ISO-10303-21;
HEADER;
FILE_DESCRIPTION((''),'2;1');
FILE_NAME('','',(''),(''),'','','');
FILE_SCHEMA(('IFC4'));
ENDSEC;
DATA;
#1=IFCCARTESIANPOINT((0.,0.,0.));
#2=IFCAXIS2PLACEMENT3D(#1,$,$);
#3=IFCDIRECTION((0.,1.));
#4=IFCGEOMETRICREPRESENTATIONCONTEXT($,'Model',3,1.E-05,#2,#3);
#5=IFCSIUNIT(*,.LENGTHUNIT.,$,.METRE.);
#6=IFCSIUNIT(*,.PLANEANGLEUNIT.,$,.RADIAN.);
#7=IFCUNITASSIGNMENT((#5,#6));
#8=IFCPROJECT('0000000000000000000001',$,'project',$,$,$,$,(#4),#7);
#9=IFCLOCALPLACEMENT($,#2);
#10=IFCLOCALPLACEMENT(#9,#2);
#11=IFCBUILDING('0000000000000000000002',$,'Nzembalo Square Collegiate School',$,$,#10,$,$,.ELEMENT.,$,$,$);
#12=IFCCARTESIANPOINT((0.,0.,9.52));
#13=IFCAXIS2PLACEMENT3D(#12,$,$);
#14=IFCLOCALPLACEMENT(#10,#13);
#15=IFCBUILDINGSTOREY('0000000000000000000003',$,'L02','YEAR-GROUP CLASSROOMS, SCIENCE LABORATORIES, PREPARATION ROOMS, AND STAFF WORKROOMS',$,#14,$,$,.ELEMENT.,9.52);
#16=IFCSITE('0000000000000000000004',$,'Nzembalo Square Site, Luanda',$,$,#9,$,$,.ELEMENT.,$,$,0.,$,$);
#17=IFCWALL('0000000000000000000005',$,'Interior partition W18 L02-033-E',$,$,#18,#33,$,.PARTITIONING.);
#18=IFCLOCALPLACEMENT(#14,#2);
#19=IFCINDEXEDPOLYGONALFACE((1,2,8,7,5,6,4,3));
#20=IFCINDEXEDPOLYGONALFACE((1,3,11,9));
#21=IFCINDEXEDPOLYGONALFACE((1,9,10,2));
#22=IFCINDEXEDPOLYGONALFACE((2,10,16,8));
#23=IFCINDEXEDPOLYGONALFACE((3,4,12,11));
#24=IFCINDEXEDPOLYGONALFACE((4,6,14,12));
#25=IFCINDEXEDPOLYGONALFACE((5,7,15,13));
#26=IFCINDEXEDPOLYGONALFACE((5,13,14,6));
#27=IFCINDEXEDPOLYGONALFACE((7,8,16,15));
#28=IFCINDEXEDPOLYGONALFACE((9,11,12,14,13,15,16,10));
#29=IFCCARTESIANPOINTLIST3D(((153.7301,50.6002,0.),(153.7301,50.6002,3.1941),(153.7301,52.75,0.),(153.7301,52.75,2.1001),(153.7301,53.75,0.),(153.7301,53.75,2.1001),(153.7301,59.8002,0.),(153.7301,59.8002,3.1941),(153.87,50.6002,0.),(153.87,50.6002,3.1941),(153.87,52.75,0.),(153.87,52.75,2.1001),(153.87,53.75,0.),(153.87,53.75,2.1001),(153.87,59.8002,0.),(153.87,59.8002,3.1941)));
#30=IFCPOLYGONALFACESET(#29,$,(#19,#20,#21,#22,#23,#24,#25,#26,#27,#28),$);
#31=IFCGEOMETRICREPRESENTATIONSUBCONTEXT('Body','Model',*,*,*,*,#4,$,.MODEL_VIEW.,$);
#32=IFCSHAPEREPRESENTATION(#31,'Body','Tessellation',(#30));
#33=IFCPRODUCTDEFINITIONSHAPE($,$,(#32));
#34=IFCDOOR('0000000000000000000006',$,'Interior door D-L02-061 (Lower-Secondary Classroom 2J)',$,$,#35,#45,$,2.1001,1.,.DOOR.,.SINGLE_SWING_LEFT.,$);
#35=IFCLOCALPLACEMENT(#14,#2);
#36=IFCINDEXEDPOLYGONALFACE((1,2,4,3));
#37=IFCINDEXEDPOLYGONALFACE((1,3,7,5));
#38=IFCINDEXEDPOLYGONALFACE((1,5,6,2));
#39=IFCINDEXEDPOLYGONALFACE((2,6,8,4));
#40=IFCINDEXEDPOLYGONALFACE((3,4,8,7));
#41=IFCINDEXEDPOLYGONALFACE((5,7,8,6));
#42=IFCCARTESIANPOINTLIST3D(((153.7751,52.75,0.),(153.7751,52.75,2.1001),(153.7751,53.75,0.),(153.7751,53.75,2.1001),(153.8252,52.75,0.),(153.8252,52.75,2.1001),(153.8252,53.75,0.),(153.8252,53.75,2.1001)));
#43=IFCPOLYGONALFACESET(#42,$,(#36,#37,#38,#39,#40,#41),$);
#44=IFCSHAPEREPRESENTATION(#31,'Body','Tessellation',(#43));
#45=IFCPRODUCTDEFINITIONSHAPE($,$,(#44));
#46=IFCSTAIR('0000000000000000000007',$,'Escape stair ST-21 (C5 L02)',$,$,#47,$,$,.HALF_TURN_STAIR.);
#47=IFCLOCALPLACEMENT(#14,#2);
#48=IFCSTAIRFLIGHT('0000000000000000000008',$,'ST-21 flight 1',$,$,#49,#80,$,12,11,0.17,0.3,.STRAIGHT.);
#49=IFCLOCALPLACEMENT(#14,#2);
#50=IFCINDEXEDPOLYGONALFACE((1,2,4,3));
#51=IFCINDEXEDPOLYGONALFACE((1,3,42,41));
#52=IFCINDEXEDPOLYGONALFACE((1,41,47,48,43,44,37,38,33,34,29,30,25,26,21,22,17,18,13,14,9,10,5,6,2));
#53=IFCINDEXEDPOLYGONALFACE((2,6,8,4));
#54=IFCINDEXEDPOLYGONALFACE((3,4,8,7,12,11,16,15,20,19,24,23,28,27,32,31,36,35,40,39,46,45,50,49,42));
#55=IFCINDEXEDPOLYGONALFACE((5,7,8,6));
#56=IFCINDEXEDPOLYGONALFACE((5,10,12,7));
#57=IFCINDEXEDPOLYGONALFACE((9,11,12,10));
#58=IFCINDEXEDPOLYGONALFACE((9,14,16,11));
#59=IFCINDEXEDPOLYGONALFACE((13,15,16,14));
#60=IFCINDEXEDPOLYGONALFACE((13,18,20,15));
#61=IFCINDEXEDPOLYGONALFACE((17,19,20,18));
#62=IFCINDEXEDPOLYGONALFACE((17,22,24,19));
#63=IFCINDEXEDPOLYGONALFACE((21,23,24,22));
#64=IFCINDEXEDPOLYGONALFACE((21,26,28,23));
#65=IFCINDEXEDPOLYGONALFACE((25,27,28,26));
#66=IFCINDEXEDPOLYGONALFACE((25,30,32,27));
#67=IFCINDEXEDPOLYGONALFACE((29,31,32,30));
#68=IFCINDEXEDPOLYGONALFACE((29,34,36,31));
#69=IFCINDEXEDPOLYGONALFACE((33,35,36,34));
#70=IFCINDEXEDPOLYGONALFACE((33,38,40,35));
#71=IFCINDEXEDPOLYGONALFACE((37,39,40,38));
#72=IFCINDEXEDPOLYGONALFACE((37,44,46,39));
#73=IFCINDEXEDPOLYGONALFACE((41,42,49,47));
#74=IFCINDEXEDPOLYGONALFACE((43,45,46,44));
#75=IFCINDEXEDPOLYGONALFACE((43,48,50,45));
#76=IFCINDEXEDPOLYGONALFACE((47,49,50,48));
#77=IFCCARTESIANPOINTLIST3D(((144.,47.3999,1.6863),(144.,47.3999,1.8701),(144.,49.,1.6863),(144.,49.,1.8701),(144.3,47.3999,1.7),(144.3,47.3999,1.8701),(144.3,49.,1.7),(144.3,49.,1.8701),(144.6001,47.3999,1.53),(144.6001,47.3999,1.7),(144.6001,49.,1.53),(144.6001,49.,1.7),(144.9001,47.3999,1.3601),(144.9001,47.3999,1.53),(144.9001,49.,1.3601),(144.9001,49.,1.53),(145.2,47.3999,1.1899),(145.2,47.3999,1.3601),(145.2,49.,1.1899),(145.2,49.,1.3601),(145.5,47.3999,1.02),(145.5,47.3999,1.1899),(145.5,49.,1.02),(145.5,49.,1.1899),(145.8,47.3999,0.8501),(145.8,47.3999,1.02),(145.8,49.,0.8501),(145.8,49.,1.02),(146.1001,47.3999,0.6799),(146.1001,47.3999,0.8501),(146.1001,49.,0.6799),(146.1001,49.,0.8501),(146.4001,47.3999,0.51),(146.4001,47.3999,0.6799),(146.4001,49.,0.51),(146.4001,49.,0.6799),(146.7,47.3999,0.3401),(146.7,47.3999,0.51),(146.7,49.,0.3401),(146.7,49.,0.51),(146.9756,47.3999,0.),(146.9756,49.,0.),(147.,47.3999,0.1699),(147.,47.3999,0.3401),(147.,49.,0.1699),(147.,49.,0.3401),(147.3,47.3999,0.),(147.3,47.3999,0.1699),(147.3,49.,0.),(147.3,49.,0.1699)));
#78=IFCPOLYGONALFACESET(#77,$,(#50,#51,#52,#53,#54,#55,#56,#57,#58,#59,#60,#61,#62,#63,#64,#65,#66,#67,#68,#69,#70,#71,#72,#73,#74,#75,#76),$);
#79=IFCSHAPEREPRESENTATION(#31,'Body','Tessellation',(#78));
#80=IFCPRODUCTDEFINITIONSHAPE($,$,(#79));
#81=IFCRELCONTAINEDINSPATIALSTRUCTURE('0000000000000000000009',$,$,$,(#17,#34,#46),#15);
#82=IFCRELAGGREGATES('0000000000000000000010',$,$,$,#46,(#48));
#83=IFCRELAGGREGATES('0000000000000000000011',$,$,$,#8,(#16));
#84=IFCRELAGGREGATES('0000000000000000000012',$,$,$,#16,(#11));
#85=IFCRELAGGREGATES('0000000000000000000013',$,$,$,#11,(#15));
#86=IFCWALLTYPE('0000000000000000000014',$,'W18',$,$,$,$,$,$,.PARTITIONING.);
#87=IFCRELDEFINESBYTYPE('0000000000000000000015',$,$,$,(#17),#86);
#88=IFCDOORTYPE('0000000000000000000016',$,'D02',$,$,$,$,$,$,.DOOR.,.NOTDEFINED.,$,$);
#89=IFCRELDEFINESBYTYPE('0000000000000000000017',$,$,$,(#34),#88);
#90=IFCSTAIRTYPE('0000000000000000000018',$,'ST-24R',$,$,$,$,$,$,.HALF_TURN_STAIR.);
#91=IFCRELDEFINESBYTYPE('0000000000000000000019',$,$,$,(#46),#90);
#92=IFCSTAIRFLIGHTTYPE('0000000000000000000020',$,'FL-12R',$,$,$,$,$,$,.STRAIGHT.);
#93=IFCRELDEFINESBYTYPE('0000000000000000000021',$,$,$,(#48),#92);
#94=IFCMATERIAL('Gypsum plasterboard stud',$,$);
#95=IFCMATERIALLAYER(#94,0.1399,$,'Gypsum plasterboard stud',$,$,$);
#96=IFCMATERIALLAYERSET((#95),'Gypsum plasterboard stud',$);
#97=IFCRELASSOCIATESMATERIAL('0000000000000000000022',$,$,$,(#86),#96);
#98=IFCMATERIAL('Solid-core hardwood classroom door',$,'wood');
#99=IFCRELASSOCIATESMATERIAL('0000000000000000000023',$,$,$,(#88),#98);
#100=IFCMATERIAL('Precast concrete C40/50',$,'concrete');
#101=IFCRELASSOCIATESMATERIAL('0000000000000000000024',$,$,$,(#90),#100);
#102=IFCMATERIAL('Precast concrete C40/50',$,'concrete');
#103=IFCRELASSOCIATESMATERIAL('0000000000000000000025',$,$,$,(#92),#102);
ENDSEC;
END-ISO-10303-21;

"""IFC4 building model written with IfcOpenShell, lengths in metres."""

from ifc_helpers import new_model, si_unit, direction, frame, frame_2d, origin, place, context, subcontext, project, spatial, polyline, rectangle, outline, extrude, material, layer, layer_set, type_object, element, fill, aggregate, save


model = new_model("IFC4")

# Units and contexts
model_context = context("Model", 3, precision=1e-05, world=origin(), true_north=direction((0.0, 1.0)))
body_context = subcontext(model_context, "Body", "Model", "MODEL_VIEW")
ifc_project = project(units=[si_unit("LENGTHUNIT", "METRE"), si_unit("PLANEANGLEUNIT", "RADIAN")], contexts=[model_context])

# Site, building, storey
site_placement = place(None, origin())
site = spatial("IfcSite", under=ifc_project, at=site_placement, Name="Nzembalo Square Site, Luanda", CompositionType="ELEMENT", RefElevation=0.0)
building_placement = place(site_placement, origin())
building = spatial("IfcBuilding", under=site, at=building_placement, Name="Nzembalo Square Collegiate School", CompositionType="ELEMENT")
storey_placement = place(building_placement, frame((0.0, 0.0, 9.52)))
storey = spatial("IfcBuildingStorey", under=building, at=storey_placement, Name="L02", Description="YEAR-GROUP CLASSROOMS, SCIENCE LABORATORIES, PREPARATION ROOMS, AND STAFF WORKROOMS", CompositionType="ELEMENT", Elevation=9.52)

# Wall, opening, door
ifc_material_1 = material(Name="Gypsum plasterboard stud")
ifc_layer_1 = layer(ifc_material_1, 0.1399, Name="Gypsum plasterboard stud")
ifc_layer_set_1 = layer_set([ifc_layer_1], Name="Gypsum plasterboard stud")
wall_type_1 = type_object("IfcWallType", Name="W18", PredefinedType="PARTITIONING", material=ifc_layer_set_1)
wall_1_placement = place(storey_placement, frame((153.8, 50.6001, 0.0), z_axis=(0.0, 0.0, 1.0), x_axis=(0.0, 1.0, 0.0)))
wall_1 = element("IfcWall", 1, at=wall_1_placement, inside=storey, type_object=wall_type_1, Name="Interior partition W18 L02-033-E", PredefinedType="PARTITIONING", context=body_context, shape_type="SweptSolid", body=[
    extrude(rectangle(XDim=9.2, YDim=0.1399, at=frame_2d((4.6001, 0.0))), origin(), (0.0, 0.0, 1.0), 3.1941),
])
opening_1_placement = place(wall_1_placement, frame((2.1499, 0.0, 0.0)))
opening_1 = element("IfcOpeningElement", 2, at=opening_1_placement, cuts=wall_1, PredefinedType="OPENING", context=body_context, shape_type="SweptSolid", body=[
    extrude(rectangle(XDim=1.0, YDim=2.1001, at=frame_2d((0.5, 1.05))), frame((0.0, 0.0801, 0.0), z_axis=(0.0, -1.0, 0.0), x_axis=(1.0, 0.0, 0.0)), (0.0, 0.0, 1.0), 0.1599),
])
ifc_material_2 = material(Name="Solid-core hardwood classroom door", Category="wood")
door_type_1 = type_object("IfcDoorType", Name="D02", OperationType="NOTDEFINED", PredefinedType="DOOR", material=ifc_material_2)
door_1_placement = place(opening_1_placement, origin())
door_1 = element("IfcDoor", 3, at=door_1_placement, inside=storey, type_object=door_type_1, Name="Interior door D-L02-061 (Lower-Secondary Classroom 2J)", OperationType="SINGLE_SWING_LEFT", OverallHeight=2.1001, OverallWidth=1.0, PredefinedType="DOOR", context=body_context, shape_type="SweptSolid", body=[
    extrude(rectangle(XDim=1.0, YDim=2.1001, at=frame_2d((0.5, 1.05))), frame((0.0, 0.0249, 0.0), z_axis=(0.0, -1.0, 0.0), x_axis=(1.0, 0.0, 0.0)), (0.0, 0.0, 1.0), 0.05),
])
fill(opening_1, door_1)

# Stair, stair flight
ifc_material_3 = material(Name="Precast concrete C40/50", Category="concrete")
stair_type = type_object("IfcStairType", Name="ST-24R", PredefinedType="HALF_TURN_STAIR", material=ifc_material_3)
stair_placement = place(storey_placement, origin())
stair = element("IfcStair", 4, at=stair_placement, inside=storey, type_object=stair_type, Name="Escape stair ST-21 (C5 L02)", PredefinedType="HALF_TURN_STAIR")
ifc_material_4 = material(Name="Precast concrete C40/50", Category="concrete")
stair_flight_type = type_object("IfcStairFlightType", Name="FL-12R", PredefinedType="STRAIGHT", material=ifc_material_4)
stair_flight_placement = place(storey_placement, frame((147.3, 48.2, 0.0), z_axis=(0.0, 0.0, 1.0), x_axis=(-1.0, 0.0, 0.0)))
stair_flight = element("IfcStairFlight", 5, at=stair_flight_placement, type_object=stair_flight_type, Name="ST-21 flight 1", NumberOfRisers=12, NumberOfTreads=11, PredefinedType="STRAIGHT", RiserHeight=0.17, TreadLength=0.3, context=body_context, shape_type="SweptSolid", body=[
    extrude(outline(polyline([(0.0, 0.0), (0.0, 0.1699), (0.3, 0.1699), (0.3, 0.3401), (0.6001, 0.3401), (0.6001, 0.51), (0.8999, 0.51), (0.8999, 0.6799), (1.2, 0.6799), (1.2, 0.8501), (1.5, 0.8501), (1.5, 1.02), (1.8, 1.02), (1.8, 1.1899), (2.1001, 1.1899), (2.1001, 1.3601), (2.3999, 1.3601), (2.3999, 1.53), (2.7, 1.53), (2.7, 1.7), (3.0, 1.7), (3.0, 1.8701), (3.3, 1.8701), (3.3, 2.04), (3.3, 1.6863), (0.3245, 0.0), (0.0, 0.0)])), frame((0.0, 0.8, 0.0), z_axis=(0.0, -1.0, 0.0), x_axis=(1.0, 0.0, 0.0)), (0.0, 0.0, 1.0), 1.6001),
])
aggregate(stair, [stair_flight])

save(model, "model.ifc")
